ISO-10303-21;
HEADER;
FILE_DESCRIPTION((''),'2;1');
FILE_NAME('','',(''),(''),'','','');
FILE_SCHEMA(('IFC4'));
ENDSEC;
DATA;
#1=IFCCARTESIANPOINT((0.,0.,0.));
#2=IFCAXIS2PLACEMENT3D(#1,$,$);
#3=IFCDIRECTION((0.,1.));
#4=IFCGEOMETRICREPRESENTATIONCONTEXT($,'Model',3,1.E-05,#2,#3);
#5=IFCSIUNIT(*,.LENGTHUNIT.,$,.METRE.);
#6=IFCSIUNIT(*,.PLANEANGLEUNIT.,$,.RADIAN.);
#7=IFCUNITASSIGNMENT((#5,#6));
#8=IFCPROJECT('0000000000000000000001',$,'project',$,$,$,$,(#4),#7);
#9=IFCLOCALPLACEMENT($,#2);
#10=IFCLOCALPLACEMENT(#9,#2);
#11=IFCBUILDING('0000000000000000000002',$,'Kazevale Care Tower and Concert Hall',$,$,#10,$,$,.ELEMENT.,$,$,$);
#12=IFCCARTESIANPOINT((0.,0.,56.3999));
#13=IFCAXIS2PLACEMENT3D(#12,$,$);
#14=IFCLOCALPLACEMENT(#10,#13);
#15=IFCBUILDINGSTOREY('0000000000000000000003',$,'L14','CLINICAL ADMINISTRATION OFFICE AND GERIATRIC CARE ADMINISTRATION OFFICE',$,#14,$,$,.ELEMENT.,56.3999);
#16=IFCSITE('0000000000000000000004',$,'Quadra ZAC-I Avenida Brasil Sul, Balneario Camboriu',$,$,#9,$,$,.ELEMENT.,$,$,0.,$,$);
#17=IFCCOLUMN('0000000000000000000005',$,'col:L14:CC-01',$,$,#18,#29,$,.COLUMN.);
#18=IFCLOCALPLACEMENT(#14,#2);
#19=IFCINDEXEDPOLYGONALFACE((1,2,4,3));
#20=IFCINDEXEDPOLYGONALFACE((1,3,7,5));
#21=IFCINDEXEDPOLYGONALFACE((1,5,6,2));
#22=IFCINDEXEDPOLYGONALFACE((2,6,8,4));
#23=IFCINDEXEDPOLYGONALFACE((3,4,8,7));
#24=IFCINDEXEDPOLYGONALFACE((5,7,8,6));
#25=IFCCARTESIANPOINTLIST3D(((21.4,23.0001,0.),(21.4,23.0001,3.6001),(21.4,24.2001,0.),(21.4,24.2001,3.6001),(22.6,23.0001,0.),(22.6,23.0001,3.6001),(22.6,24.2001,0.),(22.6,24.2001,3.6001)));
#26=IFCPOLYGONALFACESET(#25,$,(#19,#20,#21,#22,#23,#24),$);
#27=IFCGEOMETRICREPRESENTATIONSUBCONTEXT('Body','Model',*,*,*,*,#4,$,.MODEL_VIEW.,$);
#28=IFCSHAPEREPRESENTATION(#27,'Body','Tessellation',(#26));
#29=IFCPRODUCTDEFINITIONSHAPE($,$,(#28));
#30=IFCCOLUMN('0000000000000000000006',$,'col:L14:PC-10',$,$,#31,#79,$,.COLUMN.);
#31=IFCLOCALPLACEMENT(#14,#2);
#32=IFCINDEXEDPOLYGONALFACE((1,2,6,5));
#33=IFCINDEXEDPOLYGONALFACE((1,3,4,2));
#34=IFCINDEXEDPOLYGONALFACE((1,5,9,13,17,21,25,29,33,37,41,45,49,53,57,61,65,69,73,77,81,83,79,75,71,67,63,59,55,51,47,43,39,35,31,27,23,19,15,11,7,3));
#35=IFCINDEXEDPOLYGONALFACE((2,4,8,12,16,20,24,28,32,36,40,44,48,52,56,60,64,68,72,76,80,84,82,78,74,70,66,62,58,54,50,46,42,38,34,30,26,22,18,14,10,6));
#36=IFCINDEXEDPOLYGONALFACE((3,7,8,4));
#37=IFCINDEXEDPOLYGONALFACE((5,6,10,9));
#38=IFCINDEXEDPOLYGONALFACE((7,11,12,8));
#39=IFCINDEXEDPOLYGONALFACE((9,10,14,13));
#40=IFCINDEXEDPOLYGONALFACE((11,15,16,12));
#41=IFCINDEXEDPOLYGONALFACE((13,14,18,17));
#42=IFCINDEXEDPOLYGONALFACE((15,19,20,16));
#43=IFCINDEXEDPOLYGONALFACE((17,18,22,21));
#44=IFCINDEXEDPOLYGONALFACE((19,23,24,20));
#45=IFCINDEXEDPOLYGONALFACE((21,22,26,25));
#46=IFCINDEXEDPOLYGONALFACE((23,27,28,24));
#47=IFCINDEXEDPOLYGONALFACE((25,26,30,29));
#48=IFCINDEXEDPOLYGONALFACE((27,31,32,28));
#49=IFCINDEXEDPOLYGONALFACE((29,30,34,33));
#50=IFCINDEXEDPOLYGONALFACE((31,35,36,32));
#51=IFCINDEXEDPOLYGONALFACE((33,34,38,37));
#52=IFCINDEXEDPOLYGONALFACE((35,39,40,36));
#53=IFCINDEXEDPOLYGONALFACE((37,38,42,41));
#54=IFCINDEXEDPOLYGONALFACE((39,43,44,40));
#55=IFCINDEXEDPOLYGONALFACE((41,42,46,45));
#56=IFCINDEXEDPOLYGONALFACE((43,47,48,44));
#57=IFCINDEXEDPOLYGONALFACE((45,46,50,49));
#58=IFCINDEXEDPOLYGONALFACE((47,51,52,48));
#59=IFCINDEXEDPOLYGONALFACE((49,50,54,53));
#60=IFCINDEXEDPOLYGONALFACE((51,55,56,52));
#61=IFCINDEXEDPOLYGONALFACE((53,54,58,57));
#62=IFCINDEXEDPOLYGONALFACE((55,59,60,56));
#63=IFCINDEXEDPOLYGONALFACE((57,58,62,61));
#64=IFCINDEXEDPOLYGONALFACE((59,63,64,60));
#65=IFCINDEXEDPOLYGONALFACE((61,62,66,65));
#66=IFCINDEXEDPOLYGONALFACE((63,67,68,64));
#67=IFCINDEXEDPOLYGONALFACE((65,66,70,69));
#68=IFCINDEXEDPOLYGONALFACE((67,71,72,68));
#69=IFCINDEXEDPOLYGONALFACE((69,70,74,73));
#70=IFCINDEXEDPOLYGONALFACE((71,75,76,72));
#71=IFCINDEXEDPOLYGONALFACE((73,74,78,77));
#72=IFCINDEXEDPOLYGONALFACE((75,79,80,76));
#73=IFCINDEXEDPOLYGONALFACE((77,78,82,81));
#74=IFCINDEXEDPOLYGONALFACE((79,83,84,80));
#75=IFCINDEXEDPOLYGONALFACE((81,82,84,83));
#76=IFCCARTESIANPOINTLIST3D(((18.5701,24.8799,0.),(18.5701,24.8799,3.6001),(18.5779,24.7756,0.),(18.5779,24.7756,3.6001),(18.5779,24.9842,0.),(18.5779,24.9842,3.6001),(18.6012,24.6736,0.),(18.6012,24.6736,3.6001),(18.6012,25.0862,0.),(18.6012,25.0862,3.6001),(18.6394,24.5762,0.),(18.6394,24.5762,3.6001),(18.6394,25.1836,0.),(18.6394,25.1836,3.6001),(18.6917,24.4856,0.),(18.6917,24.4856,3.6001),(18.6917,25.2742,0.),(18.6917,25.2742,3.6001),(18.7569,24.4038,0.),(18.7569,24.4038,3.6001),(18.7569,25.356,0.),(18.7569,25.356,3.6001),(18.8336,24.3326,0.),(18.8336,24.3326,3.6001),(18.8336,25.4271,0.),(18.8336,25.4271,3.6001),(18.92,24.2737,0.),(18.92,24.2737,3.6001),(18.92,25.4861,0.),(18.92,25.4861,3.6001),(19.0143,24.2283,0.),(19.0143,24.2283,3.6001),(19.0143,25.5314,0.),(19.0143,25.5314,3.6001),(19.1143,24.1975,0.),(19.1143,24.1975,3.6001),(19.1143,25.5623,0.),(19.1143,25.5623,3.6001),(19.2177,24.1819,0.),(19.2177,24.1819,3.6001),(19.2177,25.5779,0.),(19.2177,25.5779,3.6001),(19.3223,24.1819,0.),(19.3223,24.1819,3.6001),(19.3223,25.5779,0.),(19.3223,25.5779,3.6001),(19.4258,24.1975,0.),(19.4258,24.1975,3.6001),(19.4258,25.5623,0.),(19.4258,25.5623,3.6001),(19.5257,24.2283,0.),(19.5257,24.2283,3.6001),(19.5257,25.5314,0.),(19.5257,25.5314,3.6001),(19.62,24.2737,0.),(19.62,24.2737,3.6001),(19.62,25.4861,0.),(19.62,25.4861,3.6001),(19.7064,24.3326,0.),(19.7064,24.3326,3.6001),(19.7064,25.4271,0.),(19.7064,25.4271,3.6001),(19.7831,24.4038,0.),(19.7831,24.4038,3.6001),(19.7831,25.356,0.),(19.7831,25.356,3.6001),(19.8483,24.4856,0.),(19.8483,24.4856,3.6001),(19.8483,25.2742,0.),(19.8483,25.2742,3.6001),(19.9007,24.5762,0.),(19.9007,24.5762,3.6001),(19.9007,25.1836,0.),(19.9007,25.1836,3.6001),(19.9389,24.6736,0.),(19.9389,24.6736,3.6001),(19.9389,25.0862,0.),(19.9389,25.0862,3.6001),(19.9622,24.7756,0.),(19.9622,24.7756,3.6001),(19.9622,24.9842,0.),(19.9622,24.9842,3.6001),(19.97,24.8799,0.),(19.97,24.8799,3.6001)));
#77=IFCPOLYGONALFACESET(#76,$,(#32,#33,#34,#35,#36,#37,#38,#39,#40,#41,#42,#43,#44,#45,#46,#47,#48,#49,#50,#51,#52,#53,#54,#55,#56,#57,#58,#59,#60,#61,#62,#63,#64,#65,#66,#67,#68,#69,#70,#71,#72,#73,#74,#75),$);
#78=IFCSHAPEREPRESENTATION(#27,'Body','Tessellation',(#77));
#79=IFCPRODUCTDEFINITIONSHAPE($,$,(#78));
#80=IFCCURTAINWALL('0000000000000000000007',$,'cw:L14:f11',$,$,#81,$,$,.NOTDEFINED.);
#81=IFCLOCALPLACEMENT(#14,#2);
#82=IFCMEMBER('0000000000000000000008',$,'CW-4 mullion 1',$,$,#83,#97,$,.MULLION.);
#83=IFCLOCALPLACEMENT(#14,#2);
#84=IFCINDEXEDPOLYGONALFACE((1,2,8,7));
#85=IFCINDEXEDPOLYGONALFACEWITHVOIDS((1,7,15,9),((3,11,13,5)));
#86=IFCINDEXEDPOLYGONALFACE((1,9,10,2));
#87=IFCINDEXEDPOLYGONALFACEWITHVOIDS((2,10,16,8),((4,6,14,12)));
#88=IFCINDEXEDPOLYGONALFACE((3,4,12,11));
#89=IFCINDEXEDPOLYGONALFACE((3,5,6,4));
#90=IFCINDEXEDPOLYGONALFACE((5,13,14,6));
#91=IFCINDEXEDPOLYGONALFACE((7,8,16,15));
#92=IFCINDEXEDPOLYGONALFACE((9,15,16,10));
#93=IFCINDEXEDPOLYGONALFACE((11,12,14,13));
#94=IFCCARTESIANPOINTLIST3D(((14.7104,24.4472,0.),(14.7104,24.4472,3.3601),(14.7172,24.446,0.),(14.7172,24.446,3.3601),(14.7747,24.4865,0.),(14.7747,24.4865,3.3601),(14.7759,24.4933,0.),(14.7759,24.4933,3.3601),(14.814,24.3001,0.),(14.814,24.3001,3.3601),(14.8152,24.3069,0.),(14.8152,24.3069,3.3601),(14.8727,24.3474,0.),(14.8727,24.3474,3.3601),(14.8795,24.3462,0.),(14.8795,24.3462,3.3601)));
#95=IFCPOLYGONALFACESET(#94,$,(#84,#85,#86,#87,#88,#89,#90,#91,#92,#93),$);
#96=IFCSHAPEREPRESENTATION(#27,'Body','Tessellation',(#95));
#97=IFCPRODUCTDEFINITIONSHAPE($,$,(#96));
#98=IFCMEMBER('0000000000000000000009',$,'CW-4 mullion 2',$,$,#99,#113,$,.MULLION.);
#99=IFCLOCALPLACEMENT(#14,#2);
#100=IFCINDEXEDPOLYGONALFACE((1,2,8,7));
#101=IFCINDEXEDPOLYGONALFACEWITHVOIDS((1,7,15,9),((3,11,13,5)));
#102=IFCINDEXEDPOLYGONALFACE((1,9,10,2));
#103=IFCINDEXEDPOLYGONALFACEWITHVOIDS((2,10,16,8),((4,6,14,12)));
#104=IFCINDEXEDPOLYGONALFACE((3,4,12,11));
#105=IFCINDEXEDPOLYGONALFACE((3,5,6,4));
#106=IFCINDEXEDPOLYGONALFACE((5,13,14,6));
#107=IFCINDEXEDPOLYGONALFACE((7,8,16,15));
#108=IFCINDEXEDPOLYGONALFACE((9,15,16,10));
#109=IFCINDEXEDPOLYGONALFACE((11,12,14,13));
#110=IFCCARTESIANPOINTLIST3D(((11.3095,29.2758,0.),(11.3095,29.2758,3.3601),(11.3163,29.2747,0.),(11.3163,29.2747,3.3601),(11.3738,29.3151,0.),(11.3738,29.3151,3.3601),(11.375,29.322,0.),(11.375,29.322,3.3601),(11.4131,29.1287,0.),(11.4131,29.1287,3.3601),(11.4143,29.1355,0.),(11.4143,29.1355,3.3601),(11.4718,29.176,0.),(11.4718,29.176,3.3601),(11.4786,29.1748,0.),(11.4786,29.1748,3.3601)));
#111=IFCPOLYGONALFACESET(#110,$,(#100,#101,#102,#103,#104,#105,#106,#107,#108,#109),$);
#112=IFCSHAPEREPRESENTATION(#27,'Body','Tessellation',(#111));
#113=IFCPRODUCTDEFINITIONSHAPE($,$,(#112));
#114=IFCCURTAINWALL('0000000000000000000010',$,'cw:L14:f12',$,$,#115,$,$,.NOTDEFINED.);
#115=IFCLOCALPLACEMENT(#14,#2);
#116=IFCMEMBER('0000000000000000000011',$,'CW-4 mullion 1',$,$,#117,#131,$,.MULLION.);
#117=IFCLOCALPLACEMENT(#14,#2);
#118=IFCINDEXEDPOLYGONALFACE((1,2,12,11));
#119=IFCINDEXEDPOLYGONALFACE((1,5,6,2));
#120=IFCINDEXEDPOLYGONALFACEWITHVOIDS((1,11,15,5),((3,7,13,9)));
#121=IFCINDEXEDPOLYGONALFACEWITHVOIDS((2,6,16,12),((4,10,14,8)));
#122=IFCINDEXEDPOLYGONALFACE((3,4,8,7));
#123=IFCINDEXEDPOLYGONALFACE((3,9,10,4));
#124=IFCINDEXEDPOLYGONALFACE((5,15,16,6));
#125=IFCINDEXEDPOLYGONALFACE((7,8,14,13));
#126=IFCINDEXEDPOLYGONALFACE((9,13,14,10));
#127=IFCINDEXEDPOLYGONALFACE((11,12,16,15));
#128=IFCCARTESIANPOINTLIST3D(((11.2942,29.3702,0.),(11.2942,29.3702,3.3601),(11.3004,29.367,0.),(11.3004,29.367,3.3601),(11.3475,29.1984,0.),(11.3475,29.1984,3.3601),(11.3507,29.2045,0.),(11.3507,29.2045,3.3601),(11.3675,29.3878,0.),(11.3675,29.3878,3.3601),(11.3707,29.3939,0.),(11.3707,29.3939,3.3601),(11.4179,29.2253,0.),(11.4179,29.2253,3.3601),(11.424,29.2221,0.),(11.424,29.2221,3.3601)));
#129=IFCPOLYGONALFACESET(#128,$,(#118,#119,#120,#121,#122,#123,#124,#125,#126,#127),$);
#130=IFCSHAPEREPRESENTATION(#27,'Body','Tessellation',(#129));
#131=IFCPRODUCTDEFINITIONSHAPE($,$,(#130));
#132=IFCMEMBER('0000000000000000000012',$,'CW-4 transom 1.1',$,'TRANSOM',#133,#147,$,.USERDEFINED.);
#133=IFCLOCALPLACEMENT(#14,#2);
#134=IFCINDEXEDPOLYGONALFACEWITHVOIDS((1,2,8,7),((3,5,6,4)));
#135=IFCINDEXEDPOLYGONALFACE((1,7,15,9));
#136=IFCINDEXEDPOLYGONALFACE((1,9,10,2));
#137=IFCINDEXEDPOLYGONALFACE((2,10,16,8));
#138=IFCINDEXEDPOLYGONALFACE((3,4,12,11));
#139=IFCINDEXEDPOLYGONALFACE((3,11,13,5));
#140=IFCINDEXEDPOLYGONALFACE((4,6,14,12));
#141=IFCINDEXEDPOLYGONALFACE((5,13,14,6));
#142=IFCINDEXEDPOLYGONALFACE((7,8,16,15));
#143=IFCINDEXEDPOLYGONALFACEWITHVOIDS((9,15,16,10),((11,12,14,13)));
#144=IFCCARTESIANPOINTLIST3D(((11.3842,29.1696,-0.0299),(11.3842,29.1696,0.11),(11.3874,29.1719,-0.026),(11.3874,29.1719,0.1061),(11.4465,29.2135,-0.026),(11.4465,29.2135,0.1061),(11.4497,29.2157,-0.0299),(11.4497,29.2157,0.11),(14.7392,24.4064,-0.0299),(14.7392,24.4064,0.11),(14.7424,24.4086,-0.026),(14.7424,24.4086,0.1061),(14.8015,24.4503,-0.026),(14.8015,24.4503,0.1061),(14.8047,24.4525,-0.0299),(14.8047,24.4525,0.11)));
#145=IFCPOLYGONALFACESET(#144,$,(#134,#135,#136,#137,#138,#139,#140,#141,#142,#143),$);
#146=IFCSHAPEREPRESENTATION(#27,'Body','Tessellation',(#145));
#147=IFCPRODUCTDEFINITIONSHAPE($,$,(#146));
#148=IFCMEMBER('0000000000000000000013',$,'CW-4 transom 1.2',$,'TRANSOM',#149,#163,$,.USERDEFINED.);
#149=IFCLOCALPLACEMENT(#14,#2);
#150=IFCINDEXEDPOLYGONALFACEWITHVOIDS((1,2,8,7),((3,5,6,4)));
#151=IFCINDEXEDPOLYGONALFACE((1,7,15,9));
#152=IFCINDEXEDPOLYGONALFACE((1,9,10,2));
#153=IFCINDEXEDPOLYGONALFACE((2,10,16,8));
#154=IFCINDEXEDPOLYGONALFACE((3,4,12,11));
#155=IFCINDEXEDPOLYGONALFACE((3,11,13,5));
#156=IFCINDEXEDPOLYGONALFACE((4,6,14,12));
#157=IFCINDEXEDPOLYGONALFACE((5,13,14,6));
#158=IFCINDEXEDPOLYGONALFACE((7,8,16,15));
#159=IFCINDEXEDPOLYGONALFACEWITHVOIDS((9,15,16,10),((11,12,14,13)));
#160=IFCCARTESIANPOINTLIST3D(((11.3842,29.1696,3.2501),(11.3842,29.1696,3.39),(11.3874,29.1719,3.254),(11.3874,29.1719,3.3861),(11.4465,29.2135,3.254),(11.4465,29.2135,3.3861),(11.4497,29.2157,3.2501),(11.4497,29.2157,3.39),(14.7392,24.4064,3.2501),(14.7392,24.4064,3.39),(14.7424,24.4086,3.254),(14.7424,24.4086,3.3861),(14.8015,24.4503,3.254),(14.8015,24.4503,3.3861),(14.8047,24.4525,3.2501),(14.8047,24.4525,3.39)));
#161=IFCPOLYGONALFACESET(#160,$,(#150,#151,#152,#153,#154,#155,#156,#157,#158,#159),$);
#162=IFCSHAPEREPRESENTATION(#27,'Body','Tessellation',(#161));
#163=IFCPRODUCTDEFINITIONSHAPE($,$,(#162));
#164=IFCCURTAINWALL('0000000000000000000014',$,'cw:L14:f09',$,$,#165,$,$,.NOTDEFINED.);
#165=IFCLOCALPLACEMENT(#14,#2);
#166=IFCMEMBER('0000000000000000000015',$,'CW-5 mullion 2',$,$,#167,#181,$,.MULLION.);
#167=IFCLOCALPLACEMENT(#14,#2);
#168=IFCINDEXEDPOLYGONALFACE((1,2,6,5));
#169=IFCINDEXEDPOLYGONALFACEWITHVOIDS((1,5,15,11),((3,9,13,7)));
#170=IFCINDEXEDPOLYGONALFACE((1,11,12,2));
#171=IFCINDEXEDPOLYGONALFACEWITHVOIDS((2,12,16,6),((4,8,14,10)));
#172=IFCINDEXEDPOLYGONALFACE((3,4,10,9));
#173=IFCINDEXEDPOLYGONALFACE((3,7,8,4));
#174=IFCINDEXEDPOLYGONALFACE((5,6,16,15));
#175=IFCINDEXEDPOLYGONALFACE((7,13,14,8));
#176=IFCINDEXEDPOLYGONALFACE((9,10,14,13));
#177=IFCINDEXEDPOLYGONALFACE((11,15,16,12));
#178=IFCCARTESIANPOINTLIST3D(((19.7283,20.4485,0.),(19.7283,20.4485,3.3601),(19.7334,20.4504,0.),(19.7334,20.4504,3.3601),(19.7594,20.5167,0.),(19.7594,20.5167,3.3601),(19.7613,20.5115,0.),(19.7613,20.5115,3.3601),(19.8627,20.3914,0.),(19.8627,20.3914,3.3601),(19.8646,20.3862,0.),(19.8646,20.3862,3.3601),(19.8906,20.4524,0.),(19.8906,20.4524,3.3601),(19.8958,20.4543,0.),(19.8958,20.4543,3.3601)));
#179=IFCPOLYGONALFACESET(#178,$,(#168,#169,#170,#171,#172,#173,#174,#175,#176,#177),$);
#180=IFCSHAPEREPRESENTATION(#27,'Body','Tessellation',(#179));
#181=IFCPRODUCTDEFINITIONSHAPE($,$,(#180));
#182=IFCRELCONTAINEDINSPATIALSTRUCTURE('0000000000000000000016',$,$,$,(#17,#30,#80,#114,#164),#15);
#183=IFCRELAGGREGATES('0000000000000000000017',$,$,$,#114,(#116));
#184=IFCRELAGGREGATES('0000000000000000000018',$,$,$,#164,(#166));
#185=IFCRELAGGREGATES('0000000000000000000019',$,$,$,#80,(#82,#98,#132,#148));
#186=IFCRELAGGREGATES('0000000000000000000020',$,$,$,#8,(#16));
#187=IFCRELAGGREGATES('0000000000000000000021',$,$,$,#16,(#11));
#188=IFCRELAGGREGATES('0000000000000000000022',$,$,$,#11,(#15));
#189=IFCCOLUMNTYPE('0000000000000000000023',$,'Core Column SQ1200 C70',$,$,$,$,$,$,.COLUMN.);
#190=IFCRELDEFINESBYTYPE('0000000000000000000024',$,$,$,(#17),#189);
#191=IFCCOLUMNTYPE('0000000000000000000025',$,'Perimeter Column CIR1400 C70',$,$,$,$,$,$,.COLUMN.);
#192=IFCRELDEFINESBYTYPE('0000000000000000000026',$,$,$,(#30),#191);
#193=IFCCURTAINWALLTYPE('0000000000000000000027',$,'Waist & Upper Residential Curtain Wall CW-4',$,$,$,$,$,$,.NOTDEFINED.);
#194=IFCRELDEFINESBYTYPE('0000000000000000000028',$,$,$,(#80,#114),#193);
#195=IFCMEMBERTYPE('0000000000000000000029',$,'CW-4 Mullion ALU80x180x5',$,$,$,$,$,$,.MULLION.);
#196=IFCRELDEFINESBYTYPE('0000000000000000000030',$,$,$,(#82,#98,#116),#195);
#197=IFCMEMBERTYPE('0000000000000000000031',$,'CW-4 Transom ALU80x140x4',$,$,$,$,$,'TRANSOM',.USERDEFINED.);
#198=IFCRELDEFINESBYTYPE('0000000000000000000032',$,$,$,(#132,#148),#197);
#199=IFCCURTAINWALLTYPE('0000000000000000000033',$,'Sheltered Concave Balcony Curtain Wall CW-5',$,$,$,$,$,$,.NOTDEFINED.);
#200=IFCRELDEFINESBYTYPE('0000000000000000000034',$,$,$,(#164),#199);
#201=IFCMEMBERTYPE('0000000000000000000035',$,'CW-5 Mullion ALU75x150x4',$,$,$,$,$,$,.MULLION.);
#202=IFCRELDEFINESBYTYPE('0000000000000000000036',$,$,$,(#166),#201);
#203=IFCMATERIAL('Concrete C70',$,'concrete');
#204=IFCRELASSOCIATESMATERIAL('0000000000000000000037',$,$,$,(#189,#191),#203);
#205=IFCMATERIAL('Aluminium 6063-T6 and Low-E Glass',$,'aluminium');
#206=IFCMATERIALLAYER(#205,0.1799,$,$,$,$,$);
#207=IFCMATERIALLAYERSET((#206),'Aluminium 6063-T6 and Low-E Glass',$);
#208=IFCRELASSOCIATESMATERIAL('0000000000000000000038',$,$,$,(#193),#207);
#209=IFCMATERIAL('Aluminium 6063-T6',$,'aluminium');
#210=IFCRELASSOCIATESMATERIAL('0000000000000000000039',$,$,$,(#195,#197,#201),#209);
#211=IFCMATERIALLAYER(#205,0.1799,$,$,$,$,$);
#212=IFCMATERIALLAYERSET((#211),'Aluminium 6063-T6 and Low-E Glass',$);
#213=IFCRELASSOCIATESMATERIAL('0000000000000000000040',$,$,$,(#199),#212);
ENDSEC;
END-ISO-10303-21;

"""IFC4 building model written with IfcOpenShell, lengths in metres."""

from ifc_helpers import new_model, si_unit, direction, frame, origin, origin_2d, place, context, subcontext, project, spatial, rectangle, hollow_rectangle, circle, extrude, material, layer, layer_set, material_profile, profile_set, type_object, element, aggregate, save


model = new_model("IFC4")

# Units and contexts
model_context = context("Model", 3, precision=1e-05, world=origin(), true_north=direction((0.0, 1.0)))
body_context = subcontext(model_context, "Body", "Model", "MODEL_VIEW")
ifc_project = project(units=[si_unit("LENGTHUNIT", "METRE"), si_unit("PLANEANGLEUNIT", "RADIAN")], contexts=[model_context])

# Site, building, storey
site_placement = place(None, origin())
site = spatial("IfcSite", under=ifc_project, at=site_placement, Name="Quadra ZAC-I Avenida Brasil Sul, Balneario Camboriu", CompositionType="ELEMENT", RefElevation=0.0)
building_placement = place(site_placement, origin())
building = spatial("IfcBuilding", under=site, at=building_placement, Name="Kazevale Care Tower and Concert Hall", CompositionType="ELEMENT")
storey_placement = place(building_placement, frame((0.0, 0.0, 56.3999)))
storey = spatial("IfcBuildingStorey", under=building, at=storey_placement, Name="L14", Description="CLINICAL ADMINISTRATION OFFICE AND GERIATRIC CARE ADMINISTRATION OFFICE", CompositionType="ELEMENT", Elevation=56.3999)

# Columns
ifc_material_1 = material(Name="Concrete C70", Category="concrete")
ifc_material_profile_1 = material_profile(ifc_material_1, rectangle(XDim=1.2, YDim=1.2, at=origin_2d()), Name="RC-SQ1200")
ifc_profile_set_1 = profile_set([ifc_material_profile_1], Name="Concrete C70")
column_type_1 = type_object("IfcColumnType", Name="Core Column SQ1200 C70", PredefinedType="COLUMN", material=ifc_profile_set_1)
column_1_placement = place(storey_placement, frame((22.0, 23.6001, 0.0), z_axis=(0.0, 0.0, 1.0), x_axis=(1.0, 0.0, 0.0)))
element("IfcColumn", 1, at=column_1_placement, inside=storey, type_object=column_type_1, Name="col:L14:CC-01", PredefinedType="COLUMN", context=body_context, shape_type="SweptSolid", body=[
    extrude(rectangle(XDim=1.2, YDim=1.2, at=origin_2d()), origin(), (0.0, 0.0, 1.0), 3.6001),
])
ifc_material_profile_2 = material_profile(ifc_material_1, circle(Radius=0.7, at=origin_2d()), Name="RC-CIR1400")
ifc_profile_set_2 = profile_set([ifc_material_profile_2], Name="Concrete C70")
column_type_2 = type_object("IfcColumnType", Name="Perimeter Column CIR1400 C70", PredefinedType="COLUMN", material=ifc_profile_set_2)
column_2_placement = place(storey_placement, frame((19.27, 24.8799, 0.0), z_axis=(0.0, 0.0, 1.0), x_axis=(1.0, 0.0, 0.0)))
element("IfcColumn", 2, at=column_2_placement, inside=storey, type_object=column_type_2, Name="col:L14:PC-10", PredefinedType="COLUMN", context=body_context, shape_type="SweptSolid", body=[
    extrude(circle(Radius=0.7, at=origin_2d()), origin(), (0.0, 0.0, 1.0), 3.6001),
])

# Curtain wall, members
ifc_material_2 = material(Name="Aluminium 6063-T6 and Low-E Glass", Category="aluminium")
ifc_layer_1 = layer(ifc_material_2, 0.1799)
ifc_layer_set_1 = layer_set([ifc_layer_1], Name="Aluminium 6063-T6 and Low-E Glass")
curtain_wall_type_1 = type_object("IfcCurtainWallType", Name="Waist & Upper Residential Curtain Wall CW-4", PredefinedType="NOTDEFINED", material=ifc_layer_set_1)
curtain_wall_1_placement = place(storey_placement, origin())
curtain_wall_1 = element("IfcCurtainWall", 3, at=curtain_wall_1_placement, inside=storey, type_object=curtain_wall_type_1, Name="cw:L14:f11", PredefinedType="NOTDEFINED")
ifc_material_3 = material(Name="Aluminium 6063-T6", Category="aluminium")
ifc_material_profile_3 = material_profile(ifc_material_3, hollow_rectangle(XDim=0.0801, YDim=0.1799, WallThickness=0.0049, at=origin_2d()), Name="ALU80x180x5")
ifc_profile_set_3 = profile_set([ifc_material_profile_3], Name="Aluminium 6063-T6")
member_type_1 = type_object("IfcMemberType", Name="CW-4 Mullion ALU80x180x5", PredefinedType="MULLION", material=ifc_profile_set_3)
member_1_placement = place(storey_placement, frame((14.7949, 24.3967, 0.0), z_axis=(0.0, 0.0, 1.0), x_axis=(-0.817565, -0.575837, 0.0)))
member_1 = element("IfcMember", 4, at=member_1_placement, type_object=member_type_1, Name="CW-4 mullion 1", PredefinedType="MULLION", context=body_context, shape_type="SweptSolid", body=[
    extrude(hollow_rectangle(XDim=0.0801, YDim=0.1799, WallThickness=0.0049, at=origin_2d()), origin(), (0.0, 0.0, 1.0), 3.3601),
])
member_2_placement = place(storey_placement, frame((11.394, 29.2253, 0.0), z_axis=(0.0, 0.0, 1.0), x_axis=(-0.817565, -0.575837, 0.0)))
member_2 = element("IfcMember", 5, at=member_2_placement, type_object=member_type_1, Name="CW-4 mullion 2", PredefinedType="MULLION", context=body_context, shape_type="SweptSolid", body=[
    extrude(hollow_rectangle(XDim=0.0801, YDim=0.1799, WallThickness=0.0049, at=origin_2d()), origin(), (0.0, 0.0, 1.0), 3.3601),
])

# Curtain wall, member
curtain_wall_2_placement = place(storey_placement, origin())
curtain_wall_2 = element("IfcCurtainWall", 6, at=curtain_wall_2_placement, inside=storey, type_object=curtain_wall_type_1, Name="cw:L14:f12", PredefinedType="NOTDEFINED")
member_3_placement = place(storey_placement, frame((11.3591, 29.2961, 0.0), z_axis=(0.0, 0.0, 1.0), x_axis=(-0.955157, -0.296099, 0.0)))
member_3 = element("IfcMember", 7, at=member_3_placement, type_object=member_type_1, Name="CW-4 mullion 1", PredefinedType="MULLION", context=body_context, shape_type="SweptSolid", body=[
    extrude(hollow_rectangle(XDim=0.0801, YDim=0.1799, WallThickness=0.0049, at=origin_2d()), origin(), (0.0, 0.0, 1.0), 3.3601),
])
aggregate(curtain_wall_2, [member_3])

# Members
ifc_material_profile_4 = material_profile(ifc_material_3, hollow_rectangle(XDim=0.0801, YDim=0.1399, WallThickness=0.0039, at=origin_2d()), Name="ALU80x140x4")
ifc_profile_set_4 = profile_set([ifc_material_profile_4], Name="Aluminium 6063-T6")
member_type_2 = type_object("IfcMemberType", Name="CW-4 Transom ALU80x140x4", ElementType="TRANSOM", PredefinedType="USERDEFINED", material=ifc_profile_set_4)
member_4_placement = place(storey_placement, frame((14.772, 24.4294, 0.04), z_axis=(-0.57585, 0.817555, 0.0), x_axis=(-0.817555, -0.57585, 0.0)))
member_4 = element("IfcMember", 8, at=member_4_placement, type_object=member_type_2, Name="CW-4 transom 1.1", ObjectType="TRANSOM", PredefinedType="USERDEFINED", context=body_context, shape_type="SweptSolid", body=[
    extrude(hollow_rectangle(XDim=0.0801, YDim=0.1399, WallThickness=0.0039, at=origin_2d()), origin(), (0.0, 0.0, 1.0), 5.8262),
])
member_5_placement = place(storey_placement, frame((14.772, 24.4294, 3.3201), z_axis=(-0.57585, 0.817555, 0.0), x_axis=(-0.817555, -0.57585, 0.0)))
member_5 = element("IfcMember", 9, at=member_5_placement, type_object=member_type_2, Name="CW-4 transom 1.2", ObjectType="TRANSOM", PredefinedType="USERDEFINED", context=body_context, shape_type="SweptSolid", body=[
    extrude(hollow_rectangle(XDim=0.0801, YDim=0.1399, WallThickness=0.0039, at=origin_2d()), origin(), (0.0, 0.0, 1.0), 5.8262),
])

# Curtain wall, member
ifc_layer_2 = layer(ifc_material_2, 0.1799)
ifc_layer_set_2 = layer_set([ifc_layer_2], Name="Aluminium 6063-T6 and Low-E Glass")
curtain_wall_type_2 = type_object("IfcCurtainWallType", Name="Sheltered Concave Balcony Curtain Wall CW-5", PredefinedType="NOTDEFINED", material=ifc_layer_set_2)
curtain_wall_3_placement = place(storey_placement, origin())
curtain_wall_3 = element("IfcCurtainWall", 10, at=curtain_wall_3_placement, inside=storey, type_object=curtain_wall_type_2, Name="cw:L14:f09", PredefinedType="NOTDEFINED")
ifc_material_profile_5 = material_profile(ifc_material_3, hollow_rectangle(XDim=0.075, YDim=0.1499, WallThickness=0.0039, at=origin_2d()), Name="ALU75x150x4")
ifc_profile_set_5 = profile_set([ifc_material_profile_5], Name="Aluminium 6063-T6")
member_type_3 = type_object("IfcMemberType", Name="CW-5 Mullion ALU75x150x4", PredefinedType="MULLION", material=ifc_profile_set_5)
member_6_placement = place(storey_placement, frame((19.812, 20.4514, 0.0), z_axis=(0.0, 0.0, 1.0), x_axis=(-0.41566, -0.90952, 0.0)))
member_6 = element("IfcMember", 11, at=member_6_placement, type_object=member_type_3, Name="CW-5 mullion 2", PredefinedType="MULLION", context=body_context, shape_type="SweptSolid", body=[
    extrude(hollow_rectangle(XDim=0.075, YDim=0.1499, WallThickness=0.0039, at=origin_2d()), origin(), (0.0, 0.0, 1.0), 3.3601),
])
aggregate(curtain_wall_3, [member_6])

aggregate(curtain_wall_1, [member_1, member_2, member_4, member_5])

save(model, "model.ifc")
